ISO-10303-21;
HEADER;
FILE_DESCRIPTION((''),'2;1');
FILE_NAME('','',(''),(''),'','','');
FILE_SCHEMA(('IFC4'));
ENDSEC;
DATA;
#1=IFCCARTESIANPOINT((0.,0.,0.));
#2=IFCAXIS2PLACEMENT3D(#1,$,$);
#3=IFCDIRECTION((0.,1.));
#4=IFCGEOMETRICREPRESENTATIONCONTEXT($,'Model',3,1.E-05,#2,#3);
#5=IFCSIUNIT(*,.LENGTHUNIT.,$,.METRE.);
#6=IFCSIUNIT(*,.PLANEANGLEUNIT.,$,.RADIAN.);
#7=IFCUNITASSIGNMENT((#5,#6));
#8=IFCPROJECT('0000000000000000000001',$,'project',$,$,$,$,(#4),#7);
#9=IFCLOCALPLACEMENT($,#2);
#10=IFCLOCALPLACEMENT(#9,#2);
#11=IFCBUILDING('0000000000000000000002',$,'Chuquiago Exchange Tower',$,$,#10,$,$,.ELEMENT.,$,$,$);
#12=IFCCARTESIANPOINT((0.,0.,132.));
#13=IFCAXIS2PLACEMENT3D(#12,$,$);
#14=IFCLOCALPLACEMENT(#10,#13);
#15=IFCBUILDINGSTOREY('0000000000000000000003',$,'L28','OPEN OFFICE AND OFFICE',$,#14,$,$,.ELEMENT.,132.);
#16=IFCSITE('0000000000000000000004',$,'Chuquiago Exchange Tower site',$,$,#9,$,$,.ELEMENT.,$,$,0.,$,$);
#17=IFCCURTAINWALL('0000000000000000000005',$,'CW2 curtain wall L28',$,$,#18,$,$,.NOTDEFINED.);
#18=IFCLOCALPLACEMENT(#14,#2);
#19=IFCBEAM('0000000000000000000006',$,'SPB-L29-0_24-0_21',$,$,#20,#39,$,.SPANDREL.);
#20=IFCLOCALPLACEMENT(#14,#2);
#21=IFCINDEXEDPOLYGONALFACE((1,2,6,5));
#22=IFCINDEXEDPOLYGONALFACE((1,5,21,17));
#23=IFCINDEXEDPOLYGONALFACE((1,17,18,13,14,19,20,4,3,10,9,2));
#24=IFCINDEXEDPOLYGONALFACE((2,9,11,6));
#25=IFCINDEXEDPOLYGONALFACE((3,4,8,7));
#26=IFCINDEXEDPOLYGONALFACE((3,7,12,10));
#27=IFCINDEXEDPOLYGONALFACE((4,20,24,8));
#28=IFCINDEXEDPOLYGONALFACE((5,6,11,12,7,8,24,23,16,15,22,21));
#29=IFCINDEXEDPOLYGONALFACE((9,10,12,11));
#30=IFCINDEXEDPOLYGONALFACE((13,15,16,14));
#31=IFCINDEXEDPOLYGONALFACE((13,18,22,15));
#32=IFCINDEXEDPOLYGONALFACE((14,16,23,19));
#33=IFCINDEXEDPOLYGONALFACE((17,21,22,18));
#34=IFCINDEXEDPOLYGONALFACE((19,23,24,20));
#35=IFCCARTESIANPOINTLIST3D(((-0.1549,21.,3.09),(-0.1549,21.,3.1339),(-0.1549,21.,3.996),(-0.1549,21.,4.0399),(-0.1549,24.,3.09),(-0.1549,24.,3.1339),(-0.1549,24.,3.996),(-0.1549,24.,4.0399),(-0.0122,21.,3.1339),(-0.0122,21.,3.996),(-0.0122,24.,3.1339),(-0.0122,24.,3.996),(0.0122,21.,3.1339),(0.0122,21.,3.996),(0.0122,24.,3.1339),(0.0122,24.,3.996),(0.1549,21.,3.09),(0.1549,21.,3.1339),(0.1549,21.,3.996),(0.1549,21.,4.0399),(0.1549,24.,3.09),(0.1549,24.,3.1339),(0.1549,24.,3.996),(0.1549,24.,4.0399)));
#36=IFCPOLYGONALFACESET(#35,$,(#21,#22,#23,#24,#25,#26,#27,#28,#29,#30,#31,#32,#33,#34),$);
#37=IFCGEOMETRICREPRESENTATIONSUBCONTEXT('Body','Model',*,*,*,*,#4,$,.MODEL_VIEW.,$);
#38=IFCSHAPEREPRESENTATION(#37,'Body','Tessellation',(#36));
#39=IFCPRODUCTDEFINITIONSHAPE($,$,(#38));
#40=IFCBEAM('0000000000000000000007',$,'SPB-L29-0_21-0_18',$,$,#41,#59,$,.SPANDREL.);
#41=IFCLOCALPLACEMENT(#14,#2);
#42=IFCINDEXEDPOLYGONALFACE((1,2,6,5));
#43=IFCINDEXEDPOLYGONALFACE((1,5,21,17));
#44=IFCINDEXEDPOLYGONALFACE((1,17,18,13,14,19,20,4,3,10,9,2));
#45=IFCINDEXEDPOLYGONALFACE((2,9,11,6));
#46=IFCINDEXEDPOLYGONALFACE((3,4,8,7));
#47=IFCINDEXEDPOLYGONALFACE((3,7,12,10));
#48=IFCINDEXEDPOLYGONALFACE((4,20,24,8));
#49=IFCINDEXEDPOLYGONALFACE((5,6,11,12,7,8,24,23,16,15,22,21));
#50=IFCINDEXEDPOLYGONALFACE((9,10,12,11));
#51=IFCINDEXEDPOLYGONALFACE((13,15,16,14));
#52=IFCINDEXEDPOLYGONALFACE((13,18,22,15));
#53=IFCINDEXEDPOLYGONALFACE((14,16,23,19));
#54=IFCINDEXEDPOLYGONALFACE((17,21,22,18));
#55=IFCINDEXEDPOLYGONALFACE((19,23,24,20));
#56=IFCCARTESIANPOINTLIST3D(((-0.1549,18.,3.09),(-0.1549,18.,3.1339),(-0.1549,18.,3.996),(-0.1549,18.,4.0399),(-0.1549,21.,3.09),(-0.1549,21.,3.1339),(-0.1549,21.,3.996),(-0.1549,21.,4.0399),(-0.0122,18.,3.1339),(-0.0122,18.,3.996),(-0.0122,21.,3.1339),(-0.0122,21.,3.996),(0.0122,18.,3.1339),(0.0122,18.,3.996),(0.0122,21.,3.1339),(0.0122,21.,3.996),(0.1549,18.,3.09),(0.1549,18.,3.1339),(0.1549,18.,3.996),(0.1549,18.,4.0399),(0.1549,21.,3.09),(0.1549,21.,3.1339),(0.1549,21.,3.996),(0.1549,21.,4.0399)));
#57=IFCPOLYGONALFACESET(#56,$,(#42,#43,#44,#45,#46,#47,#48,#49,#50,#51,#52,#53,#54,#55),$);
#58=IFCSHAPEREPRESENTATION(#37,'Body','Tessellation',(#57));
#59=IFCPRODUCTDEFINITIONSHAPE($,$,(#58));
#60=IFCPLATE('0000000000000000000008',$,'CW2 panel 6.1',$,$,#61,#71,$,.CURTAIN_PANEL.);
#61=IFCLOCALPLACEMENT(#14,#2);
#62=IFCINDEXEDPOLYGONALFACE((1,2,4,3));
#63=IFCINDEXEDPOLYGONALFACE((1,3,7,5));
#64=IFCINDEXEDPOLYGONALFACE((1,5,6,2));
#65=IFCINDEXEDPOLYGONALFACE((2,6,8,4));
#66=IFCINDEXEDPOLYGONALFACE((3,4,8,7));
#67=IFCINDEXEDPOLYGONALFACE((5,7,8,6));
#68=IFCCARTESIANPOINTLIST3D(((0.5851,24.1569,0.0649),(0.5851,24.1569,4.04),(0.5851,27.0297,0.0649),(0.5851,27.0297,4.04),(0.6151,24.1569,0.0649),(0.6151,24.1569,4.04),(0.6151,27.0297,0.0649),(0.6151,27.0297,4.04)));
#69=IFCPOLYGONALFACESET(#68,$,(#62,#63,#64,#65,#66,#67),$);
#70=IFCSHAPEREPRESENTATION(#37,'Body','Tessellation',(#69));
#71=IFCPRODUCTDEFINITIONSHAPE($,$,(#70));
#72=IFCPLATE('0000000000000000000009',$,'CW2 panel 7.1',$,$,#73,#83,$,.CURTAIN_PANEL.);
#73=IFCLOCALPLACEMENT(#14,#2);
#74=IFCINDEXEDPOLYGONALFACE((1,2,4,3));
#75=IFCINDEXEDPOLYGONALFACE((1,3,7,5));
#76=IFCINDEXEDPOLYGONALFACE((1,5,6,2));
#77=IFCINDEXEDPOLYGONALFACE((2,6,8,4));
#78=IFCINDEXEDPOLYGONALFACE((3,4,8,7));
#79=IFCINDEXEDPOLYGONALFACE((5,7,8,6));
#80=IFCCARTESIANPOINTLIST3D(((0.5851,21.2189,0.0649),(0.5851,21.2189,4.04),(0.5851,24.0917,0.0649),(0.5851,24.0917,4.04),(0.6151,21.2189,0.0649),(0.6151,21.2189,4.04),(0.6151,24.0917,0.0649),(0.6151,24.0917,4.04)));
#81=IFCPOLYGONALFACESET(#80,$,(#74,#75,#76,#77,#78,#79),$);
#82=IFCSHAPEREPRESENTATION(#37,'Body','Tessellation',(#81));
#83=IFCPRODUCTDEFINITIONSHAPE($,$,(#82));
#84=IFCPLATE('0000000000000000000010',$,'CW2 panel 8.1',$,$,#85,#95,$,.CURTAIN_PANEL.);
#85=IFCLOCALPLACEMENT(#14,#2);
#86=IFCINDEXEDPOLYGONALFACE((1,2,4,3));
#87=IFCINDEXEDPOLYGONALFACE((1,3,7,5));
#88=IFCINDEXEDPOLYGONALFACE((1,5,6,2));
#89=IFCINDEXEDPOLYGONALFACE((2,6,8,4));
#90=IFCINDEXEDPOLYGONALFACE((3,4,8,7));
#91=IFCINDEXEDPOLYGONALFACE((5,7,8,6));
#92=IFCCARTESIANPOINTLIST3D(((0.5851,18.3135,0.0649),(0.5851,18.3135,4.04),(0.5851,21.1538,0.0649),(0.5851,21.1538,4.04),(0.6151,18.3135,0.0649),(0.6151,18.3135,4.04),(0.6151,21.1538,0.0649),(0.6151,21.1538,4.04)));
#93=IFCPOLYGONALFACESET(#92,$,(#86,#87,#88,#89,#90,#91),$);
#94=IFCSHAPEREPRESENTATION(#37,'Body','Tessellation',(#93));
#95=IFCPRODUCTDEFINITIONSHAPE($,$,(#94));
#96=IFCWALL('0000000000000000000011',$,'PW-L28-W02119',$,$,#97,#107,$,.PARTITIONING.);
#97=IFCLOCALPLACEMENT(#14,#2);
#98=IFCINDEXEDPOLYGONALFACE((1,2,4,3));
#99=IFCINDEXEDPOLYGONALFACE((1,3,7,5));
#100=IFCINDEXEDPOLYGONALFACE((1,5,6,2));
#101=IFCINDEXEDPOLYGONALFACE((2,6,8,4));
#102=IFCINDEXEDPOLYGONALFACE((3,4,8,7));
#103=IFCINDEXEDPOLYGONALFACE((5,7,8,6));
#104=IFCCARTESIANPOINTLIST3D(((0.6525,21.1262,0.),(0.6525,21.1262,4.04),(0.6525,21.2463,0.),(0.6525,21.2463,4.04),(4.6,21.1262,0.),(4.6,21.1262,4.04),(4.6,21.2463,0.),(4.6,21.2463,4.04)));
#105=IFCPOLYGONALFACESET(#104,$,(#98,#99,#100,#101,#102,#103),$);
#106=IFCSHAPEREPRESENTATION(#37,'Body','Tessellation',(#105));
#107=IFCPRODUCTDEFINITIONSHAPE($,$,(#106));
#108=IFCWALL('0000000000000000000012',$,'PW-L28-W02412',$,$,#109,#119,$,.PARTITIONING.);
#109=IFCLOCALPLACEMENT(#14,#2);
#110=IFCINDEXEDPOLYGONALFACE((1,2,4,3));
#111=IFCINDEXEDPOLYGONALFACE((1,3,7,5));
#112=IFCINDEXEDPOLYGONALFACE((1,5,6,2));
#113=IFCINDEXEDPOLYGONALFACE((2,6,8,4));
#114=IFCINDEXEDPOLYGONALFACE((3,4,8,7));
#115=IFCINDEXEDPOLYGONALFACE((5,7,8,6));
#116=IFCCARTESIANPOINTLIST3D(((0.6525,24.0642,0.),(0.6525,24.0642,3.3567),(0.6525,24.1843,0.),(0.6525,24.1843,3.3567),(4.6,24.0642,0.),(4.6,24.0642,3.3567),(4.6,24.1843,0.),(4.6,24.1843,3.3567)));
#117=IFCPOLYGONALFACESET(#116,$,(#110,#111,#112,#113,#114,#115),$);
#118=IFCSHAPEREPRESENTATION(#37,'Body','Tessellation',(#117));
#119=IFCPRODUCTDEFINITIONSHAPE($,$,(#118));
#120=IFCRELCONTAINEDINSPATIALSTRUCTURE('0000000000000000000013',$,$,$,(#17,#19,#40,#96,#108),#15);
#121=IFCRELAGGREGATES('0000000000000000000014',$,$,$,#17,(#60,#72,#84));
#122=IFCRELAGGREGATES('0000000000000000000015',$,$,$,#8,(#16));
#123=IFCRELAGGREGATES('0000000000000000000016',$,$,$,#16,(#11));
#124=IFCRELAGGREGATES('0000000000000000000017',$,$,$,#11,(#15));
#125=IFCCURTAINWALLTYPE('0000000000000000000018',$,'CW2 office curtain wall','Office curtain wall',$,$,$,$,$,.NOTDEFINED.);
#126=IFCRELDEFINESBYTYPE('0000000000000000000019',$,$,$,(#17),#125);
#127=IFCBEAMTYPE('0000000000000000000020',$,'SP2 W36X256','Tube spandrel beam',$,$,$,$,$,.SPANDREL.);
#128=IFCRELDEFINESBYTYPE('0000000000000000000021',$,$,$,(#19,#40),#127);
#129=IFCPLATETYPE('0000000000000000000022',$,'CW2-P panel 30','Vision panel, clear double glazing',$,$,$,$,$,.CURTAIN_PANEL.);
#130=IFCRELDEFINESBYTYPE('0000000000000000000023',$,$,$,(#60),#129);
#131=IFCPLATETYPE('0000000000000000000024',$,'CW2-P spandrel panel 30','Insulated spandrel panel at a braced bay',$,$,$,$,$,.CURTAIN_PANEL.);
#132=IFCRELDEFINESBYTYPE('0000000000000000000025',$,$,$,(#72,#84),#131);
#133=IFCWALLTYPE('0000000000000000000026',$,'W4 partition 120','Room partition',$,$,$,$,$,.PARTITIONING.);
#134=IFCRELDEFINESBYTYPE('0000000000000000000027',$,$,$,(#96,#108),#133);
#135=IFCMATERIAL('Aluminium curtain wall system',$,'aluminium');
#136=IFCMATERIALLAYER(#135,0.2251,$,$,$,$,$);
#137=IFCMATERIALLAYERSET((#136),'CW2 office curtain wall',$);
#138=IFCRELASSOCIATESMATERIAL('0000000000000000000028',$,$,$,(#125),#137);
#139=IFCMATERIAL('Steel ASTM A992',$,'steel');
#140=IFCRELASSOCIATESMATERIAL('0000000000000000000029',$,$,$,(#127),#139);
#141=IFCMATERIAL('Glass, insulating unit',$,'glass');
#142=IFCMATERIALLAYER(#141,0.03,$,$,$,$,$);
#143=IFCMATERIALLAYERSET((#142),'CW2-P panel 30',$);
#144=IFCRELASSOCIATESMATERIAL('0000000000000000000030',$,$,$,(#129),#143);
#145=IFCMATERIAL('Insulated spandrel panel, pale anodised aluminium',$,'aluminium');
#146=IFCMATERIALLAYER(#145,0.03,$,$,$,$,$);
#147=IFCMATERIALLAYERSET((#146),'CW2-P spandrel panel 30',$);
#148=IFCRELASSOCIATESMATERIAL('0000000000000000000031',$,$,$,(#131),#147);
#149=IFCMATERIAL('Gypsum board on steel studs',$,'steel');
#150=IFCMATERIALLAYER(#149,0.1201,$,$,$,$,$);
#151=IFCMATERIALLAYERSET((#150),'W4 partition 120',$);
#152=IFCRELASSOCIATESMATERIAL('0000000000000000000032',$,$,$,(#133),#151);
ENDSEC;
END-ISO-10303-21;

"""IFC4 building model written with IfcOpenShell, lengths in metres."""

from ifc_helpers import new_model, si_unit, direction, frame, frame_2d, origin, origin_2d, place, context, subcontext, project, spatial, rectangle, i_section, extrude, material, layer, layer_set, material_profile, profile_set, type_object, element, aggregate, save


model = new_model("IFC4")

# Units and contexts
model_context = context("Model", 3, precision=1e-05, world=origin(), true_north=direction((0.0, 1.0)))
body_context = subcontext(model_context, "Body", "Model", "MODEL_VIEW")
ifc_project = project(units=[si_unit("LENGTHUNIT", "METRE"), si_unit("PLANEANGLEUNIT", "RADIAN")], contexts=[model_context])

# Site, building, storey
site_placement = place(None, origin())
site = spatial("IfcSite", under=ifc_project, at=site_placement, Name="Chuquiago Exchange Tower site", CompositionType="ELEMENT", RefElevation=0.0)
building_placement = place(site_placement, origin())
building = spatial("IfcBuilding", under=site, at=building_placement, Name="Chuquiago Exchange Tower", CompositionType="ELEMENT")
storey_placement = place(building_placement, frame((0.0, 0.0, 132.0)))
storey = spatial("IfcBuildingStorey", under=building, at=storey_placement, Name="L28", Description="OPEN OFFICE AND OFFICE", CompositionType="ELEMENT", Elevation=132.0)

# Curtain wall
ifc_material_1 = material(Name="Aluminium curtain wall system", Category="aluminium")
ifc_layer_1 = layer(ifc_material_1, 0.2251)
ifc_layer_set_1 = layer_set([ifc_layer_1], Name="CW2 office curtain wall")
curtain_wall_type = type_object("IfcCurtainWallType", Name="CW2 office curtain wall", Description="Office curtain wall", PredefinedType="NOTDEFINED", material=ifc_layer_set_1)
curtain_wall_placement = place(storey_placement, origin())
curtain_wall = element("IfcCurtainWall", 1, at=curtain_wall_placement, inside=storey, type_object=curtain_wall_type, Name="CW2 curtain wall L28", PredefinedType="NOTDEFINED")

# Beams
ifc_material_2 = material(Name="Steel ASTM A992", Category="steel")
ifc_material_profile_1 = material_profile(ifc_material_2, i_section(OverallWidth=0.3098, OverallDepth=0.95, WebThickness=0.0244, FlangeThickness=0.0439, at=origin_2d()), Name="W36X256")
ifc_profile_set_1 = profile_set([ifc_material_profile_1], Name="Steel ASTM A992")
beam_type = type_object("IfcBeamType", Name="SP2 W36X256", Description="Tube spandrel beam", PredefinedType="SPANDREL", material=ifc_profile_set_1)
for number, where, z_axis, x_axis, name in (
    (2, (0.0, 24.0, 3.5649), (0.0, -1.0, 0.0), (1.0, 0.0, 0.0), "SPB-L29-0_24-0_21"),
    (3, (0.0, 21.0, 3.5649), (0.0, -1.0, 0.0), (1.0, 0.0, 0.0), "SPB-L29-0_21-0_18"),
):
    element("IfcBeam", number, at=place(storey_placement, frame(where, z_axis=z_axis, x_axis=x_axis)), inside=storey, type_object=beam_type, Name=name, PredefinedType="SPANDREL", context=body_context, shape_type="SweptSolid", body=[
        extrude(i_section(OverallWidth=0.3098, OverallDepth=0.95, WebThickness=0.0244, FlangeThickness=0.0439, at=origin_2d()), origin(), (0.0, 0.0, 1.0), 3.0),
    ])

# Plates
ifc_material_3 = material(Name="Glass, insulating unit", Category="glass")
ifc_layer_2 = layer(ifc_material_3, 0.03)
ifc_layer_set_2 = layer_set([ifc_layer_2], Name="CW2-P panel 30")
plate_type_1 = type_object("IfcPlateType", Name="CW2-P panel 30", Description="Vision panel, clear double glazing", PredefinedType="CURTAIN_PANEL", material=ifc_layer_set_2)
plate_1_placement = place(storey_placement, frame((0.6001, 25.5933, 0.0649), z_axis=(0.0, 0.0, 1.0), x_axis=(0.0, -1.0, 0.0)))
plate_1 = element("IfcPlate", 4, at=plate_1_placement, type_object=plate_type_1, Name="CW2 panel 6.1", PredefinedType="CURTAIN_PANEL", context=body_context, shape_type="SweptSolid", body=[
    extrude(rectangle(XDim=2.8728, YDim=0.03, at=origin_2d()), origin(), (0.0, 0.0, 1.0), 3.9751),
])
ifc_material_4 = material(Name="Insulated spandrel panel, pale anodised aluminium", Category="aluminium")
ifc_layer_3 = layer(ifc_material_4, 0.03)
ifc_layer_set_3 = layer_set([ifc_layer_3], Name="CW2-P spandrel panel 30")
plate_type_2 = type_object("IfcPlateType", Name="CW2-P spandrel panel 30", Description="Insulated spandrel panel at a braced bay", PredefinedType="CURTAIN_PANEL", material=ifc_layer_set_3)
plate_2_placement = place(storey_placement, frame((0.6001, 22.6553, 0.0649), z_axis=(0.0, 0.0, 1.0), x_axis=(0.0, -1.0, 0.0)))
plate_2 = element("IfcPlate", 5, at=plate_2_placement, type_object=plate_type_2, Name="CW2 panel 7.1", PredefinedType="CURTAIN_PANEL", context=body_context, shape_type="SweptSolid", body=[
    extrude(rectangle(XDim=2.8728, YDim=0.03, at=origin_2d()), origin(), (0.0, 0.0, 1.0), 3.9751),
])
plate_3_placement = place(storey_placement, frame((0.6001, 19.7336, 0.0649), z_axis=(0.0, 0.0, 1.0), x_axis=(0.0, -1.0, 0.0)))
plate_3 = element("IfcPlate", 6, at=plate_3_placement, type_object=plate_type_2, Name="CW2 panel 8.1", PredefinedType="CURTAIN_PANEL", context=body_context, shape_type="SweptSolid", body=[
    extrude(rectangle(XDim=2.8403, YDim=0.03, at=origin_2d()), origin(), (0.0, 0.0, 1.0), 3.9751),
])
aggregate(curtain_wall, [plate_1, plate_2, plate_3])

# Walls
ifc_material_5 = material(Name="Gypsum board on steel studs", Category="steel")
ifc_layer_4 = layer(ifc_material_5, 0.1201)
ifc_layer_set_4 = layer_set([ifc_layer_4], Name="W4 partition 120")
wall_type = type_object("IfcWallType", Name="W4 partition 120", Description="Room partition", PredefinedType="PARTITIONING", material=ifc_layer_set_4)
wall_1_placement = place(storey_placement, frame((0.6526, 21.1863, 0.0), z_axis=(0.0, 0.0, 1.0), x_axis=(1.0, 0.0, 0.0)))
element("IfcWall", 7, at=wall_1_placement, inside=storey, type_object=wall_type, Name="PW-L28-W02119", PredefinedType="PARTITIONING", context=body_context, shape_type="SweptSolid", body=[
    extrude(rectangle(XDim=3.9475, YDim=0.1201, at=frame_2d((1.9736, 0.0))), origin(), (0.0, 0.0, 1.0), 4.04),
])
wall_2_placement = place(storey_placement, frame((0.6526, 24.1243, 0.0), z_axis=(0.0, 0.0, 1.0), x_axis=(1.0, 0.0, 0.0)))
element("IfcWall", 8, at=wall_2_placement, inside=storey, type_object=wall_type, Name="PW-L28-W02412", PredefinedType="PARTITIONING", context=body_context, shape_type="SweptSolid", body=[
    extrude(rectangle(XDim=3.9475, YDim=0.1201, at=frame_2d((1.9736, 0.0))), origin(), (0.0, 0.0, 1.0), 3.3567),
])

save(model, "model.ifc")
